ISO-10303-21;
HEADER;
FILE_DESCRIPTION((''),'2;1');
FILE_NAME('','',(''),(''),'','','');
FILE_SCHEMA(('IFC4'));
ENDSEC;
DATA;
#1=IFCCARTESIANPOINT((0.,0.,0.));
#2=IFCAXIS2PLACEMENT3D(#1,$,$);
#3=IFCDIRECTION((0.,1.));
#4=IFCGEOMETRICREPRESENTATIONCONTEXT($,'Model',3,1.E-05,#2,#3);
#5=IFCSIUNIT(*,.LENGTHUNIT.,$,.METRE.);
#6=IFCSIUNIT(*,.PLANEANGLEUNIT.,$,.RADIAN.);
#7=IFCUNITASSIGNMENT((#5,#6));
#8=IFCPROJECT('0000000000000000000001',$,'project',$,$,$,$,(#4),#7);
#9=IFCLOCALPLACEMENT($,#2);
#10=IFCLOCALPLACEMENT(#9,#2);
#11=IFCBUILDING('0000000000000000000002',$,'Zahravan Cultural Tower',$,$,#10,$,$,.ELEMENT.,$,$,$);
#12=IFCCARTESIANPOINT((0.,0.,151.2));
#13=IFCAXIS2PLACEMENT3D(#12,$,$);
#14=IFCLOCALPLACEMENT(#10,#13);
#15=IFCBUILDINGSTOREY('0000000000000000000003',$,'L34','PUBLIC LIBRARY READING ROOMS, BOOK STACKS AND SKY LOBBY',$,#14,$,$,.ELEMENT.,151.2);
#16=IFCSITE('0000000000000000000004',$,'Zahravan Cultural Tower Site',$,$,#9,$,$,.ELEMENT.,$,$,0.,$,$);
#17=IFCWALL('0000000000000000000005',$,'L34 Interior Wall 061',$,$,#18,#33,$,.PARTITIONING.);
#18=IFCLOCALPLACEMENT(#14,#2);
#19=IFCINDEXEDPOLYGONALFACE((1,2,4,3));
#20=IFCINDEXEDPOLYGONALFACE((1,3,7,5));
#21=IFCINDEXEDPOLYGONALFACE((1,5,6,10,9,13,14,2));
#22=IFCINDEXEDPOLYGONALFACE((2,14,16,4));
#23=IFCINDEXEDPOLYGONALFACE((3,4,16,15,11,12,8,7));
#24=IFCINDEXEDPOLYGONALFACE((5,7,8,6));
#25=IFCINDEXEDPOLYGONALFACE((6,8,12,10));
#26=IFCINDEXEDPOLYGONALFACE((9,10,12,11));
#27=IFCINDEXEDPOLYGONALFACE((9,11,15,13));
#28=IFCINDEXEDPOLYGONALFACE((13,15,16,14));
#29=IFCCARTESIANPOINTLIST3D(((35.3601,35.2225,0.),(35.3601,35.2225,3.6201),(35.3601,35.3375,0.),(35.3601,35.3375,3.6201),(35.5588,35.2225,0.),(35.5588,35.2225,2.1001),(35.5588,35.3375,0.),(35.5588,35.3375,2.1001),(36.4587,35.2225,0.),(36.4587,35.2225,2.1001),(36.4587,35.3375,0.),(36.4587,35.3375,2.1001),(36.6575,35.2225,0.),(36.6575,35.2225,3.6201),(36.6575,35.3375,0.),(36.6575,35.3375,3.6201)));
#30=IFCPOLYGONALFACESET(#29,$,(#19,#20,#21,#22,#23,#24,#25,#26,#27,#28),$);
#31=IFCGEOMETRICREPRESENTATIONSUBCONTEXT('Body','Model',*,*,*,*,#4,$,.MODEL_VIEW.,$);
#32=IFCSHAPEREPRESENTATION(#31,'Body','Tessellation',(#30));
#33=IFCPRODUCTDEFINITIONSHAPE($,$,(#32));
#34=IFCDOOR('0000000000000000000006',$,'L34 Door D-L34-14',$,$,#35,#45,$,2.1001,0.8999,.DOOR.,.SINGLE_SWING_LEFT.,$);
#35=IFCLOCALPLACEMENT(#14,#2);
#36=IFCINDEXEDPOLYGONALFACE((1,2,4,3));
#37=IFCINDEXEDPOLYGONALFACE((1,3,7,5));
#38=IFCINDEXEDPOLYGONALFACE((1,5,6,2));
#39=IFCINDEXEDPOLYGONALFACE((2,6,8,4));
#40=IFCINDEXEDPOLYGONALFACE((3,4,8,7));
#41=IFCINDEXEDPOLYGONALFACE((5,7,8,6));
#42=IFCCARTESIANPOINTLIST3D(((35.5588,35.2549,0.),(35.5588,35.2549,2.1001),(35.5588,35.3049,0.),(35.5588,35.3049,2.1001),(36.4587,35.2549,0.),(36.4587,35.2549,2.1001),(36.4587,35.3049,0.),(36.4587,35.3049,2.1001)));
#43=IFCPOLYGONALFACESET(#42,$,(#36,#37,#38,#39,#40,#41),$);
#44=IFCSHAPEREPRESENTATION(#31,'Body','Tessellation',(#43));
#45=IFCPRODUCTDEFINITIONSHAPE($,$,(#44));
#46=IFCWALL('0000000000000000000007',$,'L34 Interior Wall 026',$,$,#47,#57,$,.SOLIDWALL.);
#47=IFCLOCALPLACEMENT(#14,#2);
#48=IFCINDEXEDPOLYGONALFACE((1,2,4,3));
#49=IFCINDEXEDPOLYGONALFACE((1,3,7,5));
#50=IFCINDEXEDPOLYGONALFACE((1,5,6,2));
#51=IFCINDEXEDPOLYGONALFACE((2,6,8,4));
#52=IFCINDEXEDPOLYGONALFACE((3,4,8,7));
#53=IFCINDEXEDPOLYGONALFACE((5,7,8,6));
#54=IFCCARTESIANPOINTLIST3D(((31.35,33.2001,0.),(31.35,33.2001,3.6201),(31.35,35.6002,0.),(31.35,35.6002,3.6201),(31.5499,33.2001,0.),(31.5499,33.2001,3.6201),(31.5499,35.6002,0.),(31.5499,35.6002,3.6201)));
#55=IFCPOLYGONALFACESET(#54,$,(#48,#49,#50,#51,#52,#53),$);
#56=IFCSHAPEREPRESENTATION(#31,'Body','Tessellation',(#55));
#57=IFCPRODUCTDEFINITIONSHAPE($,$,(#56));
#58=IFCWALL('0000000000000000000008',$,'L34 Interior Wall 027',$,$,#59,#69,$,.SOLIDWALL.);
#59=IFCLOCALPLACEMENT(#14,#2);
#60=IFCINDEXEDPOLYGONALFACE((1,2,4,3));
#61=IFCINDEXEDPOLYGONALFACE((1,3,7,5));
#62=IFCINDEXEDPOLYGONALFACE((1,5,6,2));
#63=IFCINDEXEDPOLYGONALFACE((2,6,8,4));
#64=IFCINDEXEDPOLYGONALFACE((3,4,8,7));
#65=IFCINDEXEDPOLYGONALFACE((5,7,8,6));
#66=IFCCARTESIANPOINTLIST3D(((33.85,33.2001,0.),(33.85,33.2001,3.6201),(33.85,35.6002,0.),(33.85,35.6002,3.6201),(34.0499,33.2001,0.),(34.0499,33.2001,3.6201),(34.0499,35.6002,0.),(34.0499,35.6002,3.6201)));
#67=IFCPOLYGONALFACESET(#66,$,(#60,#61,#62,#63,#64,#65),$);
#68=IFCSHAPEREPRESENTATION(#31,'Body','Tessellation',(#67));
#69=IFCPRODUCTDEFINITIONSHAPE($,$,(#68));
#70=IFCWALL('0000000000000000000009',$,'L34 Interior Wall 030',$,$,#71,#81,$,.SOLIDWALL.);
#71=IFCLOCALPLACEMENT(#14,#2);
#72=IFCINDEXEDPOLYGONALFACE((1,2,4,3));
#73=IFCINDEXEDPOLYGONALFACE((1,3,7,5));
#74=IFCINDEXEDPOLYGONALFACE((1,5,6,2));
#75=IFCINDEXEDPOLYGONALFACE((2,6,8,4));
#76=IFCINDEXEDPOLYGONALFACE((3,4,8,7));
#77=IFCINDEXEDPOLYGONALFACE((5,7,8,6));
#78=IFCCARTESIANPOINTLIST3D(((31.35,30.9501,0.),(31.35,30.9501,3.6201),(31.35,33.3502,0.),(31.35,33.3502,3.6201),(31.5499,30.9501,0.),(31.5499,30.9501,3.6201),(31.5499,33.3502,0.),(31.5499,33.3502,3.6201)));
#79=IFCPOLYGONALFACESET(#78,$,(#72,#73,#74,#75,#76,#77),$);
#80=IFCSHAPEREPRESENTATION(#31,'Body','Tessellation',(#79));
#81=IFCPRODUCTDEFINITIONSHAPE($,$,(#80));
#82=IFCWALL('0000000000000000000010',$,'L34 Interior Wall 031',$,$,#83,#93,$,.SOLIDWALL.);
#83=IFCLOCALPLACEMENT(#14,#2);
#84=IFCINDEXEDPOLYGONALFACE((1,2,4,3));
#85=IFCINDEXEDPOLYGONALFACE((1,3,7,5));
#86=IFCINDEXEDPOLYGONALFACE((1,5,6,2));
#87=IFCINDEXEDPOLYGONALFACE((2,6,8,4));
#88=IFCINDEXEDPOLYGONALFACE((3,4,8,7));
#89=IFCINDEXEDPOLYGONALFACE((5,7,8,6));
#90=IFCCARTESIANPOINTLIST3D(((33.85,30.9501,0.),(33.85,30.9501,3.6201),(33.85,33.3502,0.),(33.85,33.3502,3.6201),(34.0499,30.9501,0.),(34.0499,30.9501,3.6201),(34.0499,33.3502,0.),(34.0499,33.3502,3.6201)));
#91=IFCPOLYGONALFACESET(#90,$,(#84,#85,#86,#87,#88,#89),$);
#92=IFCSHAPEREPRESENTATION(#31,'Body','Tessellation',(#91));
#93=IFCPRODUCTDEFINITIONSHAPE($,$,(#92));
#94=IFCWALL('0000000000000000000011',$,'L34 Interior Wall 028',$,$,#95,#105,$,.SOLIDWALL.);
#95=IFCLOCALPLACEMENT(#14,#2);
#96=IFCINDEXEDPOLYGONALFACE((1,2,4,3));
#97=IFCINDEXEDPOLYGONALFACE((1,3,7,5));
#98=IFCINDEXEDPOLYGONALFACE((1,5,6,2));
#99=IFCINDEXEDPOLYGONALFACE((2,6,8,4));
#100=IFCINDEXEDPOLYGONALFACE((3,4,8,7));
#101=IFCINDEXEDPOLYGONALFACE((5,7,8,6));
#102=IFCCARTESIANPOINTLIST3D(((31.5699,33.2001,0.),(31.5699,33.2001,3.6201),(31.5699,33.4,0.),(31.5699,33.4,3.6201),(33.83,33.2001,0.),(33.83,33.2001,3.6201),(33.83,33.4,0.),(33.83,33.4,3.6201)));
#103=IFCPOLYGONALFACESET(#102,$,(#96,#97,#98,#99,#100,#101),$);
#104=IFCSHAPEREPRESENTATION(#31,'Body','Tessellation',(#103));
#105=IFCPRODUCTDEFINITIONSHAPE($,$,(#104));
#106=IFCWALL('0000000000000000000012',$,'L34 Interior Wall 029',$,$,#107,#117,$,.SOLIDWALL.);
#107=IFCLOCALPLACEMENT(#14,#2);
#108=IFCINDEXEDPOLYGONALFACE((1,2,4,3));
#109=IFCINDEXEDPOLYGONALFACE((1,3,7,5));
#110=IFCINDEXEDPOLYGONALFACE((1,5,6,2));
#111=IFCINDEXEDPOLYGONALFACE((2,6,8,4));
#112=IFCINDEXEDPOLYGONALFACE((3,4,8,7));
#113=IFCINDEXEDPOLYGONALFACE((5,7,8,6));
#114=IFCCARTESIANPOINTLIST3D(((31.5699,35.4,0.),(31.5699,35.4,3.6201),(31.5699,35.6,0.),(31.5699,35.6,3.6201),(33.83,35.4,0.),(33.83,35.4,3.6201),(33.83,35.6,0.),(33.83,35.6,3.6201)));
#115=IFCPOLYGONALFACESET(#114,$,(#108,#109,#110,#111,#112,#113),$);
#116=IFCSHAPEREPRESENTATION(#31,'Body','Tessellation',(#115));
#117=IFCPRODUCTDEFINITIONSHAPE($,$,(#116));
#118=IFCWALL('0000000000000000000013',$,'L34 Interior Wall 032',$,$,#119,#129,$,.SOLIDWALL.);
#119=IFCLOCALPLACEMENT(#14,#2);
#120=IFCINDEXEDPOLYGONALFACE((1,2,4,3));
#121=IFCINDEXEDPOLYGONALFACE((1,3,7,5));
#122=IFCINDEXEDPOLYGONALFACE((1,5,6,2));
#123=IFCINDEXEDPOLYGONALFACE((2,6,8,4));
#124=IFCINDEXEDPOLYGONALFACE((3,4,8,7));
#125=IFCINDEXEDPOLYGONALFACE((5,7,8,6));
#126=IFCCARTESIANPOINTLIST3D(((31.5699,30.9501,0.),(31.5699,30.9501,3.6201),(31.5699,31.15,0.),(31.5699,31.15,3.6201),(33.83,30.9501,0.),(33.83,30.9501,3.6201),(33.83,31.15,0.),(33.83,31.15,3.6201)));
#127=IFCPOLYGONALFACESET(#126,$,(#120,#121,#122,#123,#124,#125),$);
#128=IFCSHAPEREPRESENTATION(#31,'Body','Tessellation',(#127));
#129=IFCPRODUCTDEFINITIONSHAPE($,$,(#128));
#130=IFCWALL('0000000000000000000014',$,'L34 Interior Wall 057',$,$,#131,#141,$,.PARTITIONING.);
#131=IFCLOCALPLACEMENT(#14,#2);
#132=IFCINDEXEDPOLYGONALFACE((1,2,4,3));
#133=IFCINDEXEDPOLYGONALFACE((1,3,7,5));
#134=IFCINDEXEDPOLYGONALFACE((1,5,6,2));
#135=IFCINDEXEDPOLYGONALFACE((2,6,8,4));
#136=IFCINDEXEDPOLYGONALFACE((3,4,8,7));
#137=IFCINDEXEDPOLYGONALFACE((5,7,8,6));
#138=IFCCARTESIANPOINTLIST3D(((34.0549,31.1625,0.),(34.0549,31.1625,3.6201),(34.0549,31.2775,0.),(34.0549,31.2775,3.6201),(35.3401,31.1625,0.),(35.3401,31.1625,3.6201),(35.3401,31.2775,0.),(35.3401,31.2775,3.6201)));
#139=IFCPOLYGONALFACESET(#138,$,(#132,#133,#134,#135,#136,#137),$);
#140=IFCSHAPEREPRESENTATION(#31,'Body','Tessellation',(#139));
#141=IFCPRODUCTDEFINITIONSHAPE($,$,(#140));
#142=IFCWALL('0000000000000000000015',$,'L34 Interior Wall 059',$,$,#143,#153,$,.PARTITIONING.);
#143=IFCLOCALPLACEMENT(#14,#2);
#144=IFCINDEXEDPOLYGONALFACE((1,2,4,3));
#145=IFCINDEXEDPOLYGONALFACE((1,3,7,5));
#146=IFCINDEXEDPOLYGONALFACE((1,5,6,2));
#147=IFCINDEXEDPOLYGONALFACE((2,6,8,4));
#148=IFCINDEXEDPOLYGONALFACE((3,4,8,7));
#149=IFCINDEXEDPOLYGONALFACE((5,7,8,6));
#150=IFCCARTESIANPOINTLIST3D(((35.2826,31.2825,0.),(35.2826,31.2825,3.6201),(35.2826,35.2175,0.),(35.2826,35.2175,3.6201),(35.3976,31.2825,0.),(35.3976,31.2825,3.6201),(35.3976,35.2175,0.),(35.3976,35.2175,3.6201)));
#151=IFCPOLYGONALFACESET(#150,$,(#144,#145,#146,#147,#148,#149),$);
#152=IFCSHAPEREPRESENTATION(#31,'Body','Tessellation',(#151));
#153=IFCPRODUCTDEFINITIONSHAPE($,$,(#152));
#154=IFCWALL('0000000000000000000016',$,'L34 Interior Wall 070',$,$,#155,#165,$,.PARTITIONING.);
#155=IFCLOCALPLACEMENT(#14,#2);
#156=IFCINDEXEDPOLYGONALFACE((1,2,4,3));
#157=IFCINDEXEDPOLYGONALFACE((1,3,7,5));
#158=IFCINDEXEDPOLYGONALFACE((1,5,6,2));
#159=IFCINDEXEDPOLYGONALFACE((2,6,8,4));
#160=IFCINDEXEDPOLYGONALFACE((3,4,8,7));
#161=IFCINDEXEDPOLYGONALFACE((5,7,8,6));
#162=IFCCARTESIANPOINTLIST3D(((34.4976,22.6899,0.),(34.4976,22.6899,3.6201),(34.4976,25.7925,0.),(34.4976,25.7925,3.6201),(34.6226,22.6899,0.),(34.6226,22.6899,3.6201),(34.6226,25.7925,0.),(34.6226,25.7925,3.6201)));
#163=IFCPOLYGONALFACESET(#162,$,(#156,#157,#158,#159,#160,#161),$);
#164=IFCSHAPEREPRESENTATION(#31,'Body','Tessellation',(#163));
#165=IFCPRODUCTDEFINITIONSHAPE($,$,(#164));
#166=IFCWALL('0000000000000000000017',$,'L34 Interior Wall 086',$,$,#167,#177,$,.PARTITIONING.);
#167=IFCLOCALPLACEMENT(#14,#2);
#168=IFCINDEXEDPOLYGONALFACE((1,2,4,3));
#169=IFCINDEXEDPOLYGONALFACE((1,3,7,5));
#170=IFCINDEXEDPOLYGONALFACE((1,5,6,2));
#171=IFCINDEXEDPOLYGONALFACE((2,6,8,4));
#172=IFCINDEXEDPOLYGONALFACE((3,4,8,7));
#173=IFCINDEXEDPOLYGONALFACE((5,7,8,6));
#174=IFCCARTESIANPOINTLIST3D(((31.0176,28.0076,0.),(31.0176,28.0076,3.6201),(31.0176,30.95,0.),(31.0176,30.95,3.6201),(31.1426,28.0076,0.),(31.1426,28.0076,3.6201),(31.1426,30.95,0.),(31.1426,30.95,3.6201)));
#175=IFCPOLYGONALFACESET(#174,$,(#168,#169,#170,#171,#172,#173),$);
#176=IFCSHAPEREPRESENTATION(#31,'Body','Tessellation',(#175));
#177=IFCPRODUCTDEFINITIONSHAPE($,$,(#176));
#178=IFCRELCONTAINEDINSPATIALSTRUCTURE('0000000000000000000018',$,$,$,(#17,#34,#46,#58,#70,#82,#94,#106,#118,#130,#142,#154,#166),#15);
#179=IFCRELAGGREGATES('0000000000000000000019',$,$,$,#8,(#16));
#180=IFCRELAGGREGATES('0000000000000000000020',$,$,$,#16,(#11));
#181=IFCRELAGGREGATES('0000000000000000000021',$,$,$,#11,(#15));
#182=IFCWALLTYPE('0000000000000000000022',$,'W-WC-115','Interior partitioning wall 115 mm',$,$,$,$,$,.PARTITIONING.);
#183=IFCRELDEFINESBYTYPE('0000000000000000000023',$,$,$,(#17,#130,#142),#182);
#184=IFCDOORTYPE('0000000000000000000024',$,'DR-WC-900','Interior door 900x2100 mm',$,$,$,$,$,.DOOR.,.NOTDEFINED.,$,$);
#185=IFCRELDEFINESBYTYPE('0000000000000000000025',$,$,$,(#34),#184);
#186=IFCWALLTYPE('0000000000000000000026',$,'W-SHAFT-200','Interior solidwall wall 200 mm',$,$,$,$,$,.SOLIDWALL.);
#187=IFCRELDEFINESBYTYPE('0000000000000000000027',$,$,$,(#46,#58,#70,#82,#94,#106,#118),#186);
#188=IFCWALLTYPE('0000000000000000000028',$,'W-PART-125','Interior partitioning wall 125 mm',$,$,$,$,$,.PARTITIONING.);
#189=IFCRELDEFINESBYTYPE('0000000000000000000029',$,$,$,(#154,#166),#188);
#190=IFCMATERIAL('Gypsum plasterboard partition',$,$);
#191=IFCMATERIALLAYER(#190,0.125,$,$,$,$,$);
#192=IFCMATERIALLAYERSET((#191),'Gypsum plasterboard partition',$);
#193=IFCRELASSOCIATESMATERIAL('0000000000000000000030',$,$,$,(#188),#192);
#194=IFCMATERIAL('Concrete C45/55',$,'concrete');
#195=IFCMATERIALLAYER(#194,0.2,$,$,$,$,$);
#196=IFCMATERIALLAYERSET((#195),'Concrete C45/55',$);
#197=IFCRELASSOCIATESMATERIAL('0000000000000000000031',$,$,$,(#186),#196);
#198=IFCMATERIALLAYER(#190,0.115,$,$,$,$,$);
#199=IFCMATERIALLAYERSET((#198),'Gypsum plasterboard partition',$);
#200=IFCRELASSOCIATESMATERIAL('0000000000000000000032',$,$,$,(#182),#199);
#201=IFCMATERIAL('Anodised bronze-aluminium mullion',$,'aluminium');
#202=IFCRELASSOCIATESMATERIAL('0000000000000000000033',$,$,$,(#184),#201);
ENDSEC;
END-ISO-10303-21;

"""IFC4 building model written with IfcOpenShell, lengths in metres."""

from ifc_helpers import new_model, si_unit, direction, frame, frame_2d, origin, place, context, subcontext, project, spatial, rectangle, extrude, source, transform, mapped, material, layer, layer_set, type_object, element, fill, save


model = new_model("IFC4")

# Units and contexts
model_context = context("Model", 3, precision=1e-05, world=origin(), true_north=direction((0.0, 1.0)))
body_context = subcontext(model_context, "Body", "Model", "MODEL_VIEW")
ifc_project = project(units=[si_unit("LENGTHUNIT", "METRE"), si_unit("PLANEANGLEUNIT", "RADIAN")], contexts=[model_context])

# Site, building, storey
site_placement = place(None, origin())
site = spatial("IfcSite", under=ifc_project, at=site_placement, Name="Zahravan Cultural Tower Site", CompositionType="ELEMENT", RefElevation=0.0)
building_placement = place(site_placement, origin())
building = spatial("IfcBuilding", under=site, at=building_placement, Name="Zahravan Cultural Tower", CompositionType="ELEMENT")
storey_placement = place(building_placement, frame((0.0, 0.0, 151.2)))
storey = spatial("IfcBuildingStorey", under=building, at=storey_placement, Name="L34", Description="PUBLIC LIBRARY READING ROOMS, BOOK STACKS AND SKY LOBBY", CompositionType="ELEMENT", Elevation=151.2)

# Wall, opening, door
ifc_material_1 = material(Name="Gypsum plasterboard partition")
ifc_layer_1 = layer(ifc_material_1, 0.125)
ifc_layer_set_1 = layer_set([ifc_layer_1], Name="Gypsum plasterboard partition")
wall_type_1 = type_object("IfcWallType", Name="W-PART-125", Description="Interior partitioning wall 125 mm", PredefinedType="PARTITIONING", material=ifc_layer_set_1)
ifc_material_2 = material(Name="Anodised bronze-aluminium mullion", Category="aluminium")
ifc_material_3 = material(Name="Concrete C45/55", Category="concrete")
ifc_layer_2 = layer(ifc_material_3, 0.2)
ifc_layer_set_2 = layer_set([ifc_layer_2], Name="Concrete C45/55")
wall_type_2 = type_object("IfcWallType", Name="W-SHAFT-200", Description="Interior solidwall wall 200 mm", PredefinedType="SOLIDWALL", material=ifc_layer_set_2)
ifc_layer_3 = layer(ifc_material_1, 0.115)
ifc_layer_set_3 = layer_set([ifc_layer_3], Name="Gypsum plasterboard partition")
wall_type_3 = type_object("IfcWallType", Name="W-WC-115", Description="Interior partitioning wall 115 mm", PredefinedType="PARTITIONING", material=ifc_layer_set_3)
door_type_1 = type_object("IfcDoorType", Name="DR-WC-900", Description="Interior door 900x2100 mm", OperationType="NOTDEFINED", PredefinedType="DOOR", material=ifc_material_2)
shared_shape_1 = source(origin(), body_context, "Body", "SweptSolid", [
    extrude(rectangle(XDim=0.8999, YDim=2.1001, at=frame_2d((0.45, 1.05))), frame((0.0, 0.0249, 0.0), z_axis=(0.0, -1.0, 0.0), x_axis=(1.0, 0.0, 0.0)), (0.0, 0.0, 1.0), 0.05),
])
wall_1_placement = place(storey_placement, frame((35.3601, 35.28, 0.0), z_axis=(0.0, 0.0, 1.0), x_axis=(1.0, 0.0, 0.0)))
wall_1 = element("IfcWall", 1, at=wall_1_placement, inside=storey, type_object=wall_type_3, Name="L34 Interior Wall 061", PredefinedType="PARTITIONING", context=body_context, shape_type="SweptSolid", body=[
    extrude(rectangle(XDim=1.2974, YDim=0.115, at=frame_2d((0.6487, 0.0))), origin(), (0.0, 0.0, 1.0), 3.6201),
])
opening_1_placement = place(wall_1_placement, frame((0.1987, 0.0, 0.0)))
opening_1 = element("IfcOpeningElement", 2, at=opening_1_placement, cuts=wall_1, PredefinedType="OPENING", context=body_context, shape_type="SweptSolid", body=[
    extrude(rectangle(XDim=0.8999, YDim=2.1001, at=frame_2d((0.45, 1.05))), frame((0.0, 0.0674, 0.0), z_axis=(0.0, -1.0, 0.0), x_axis=(1.0, 0.0, 0.0)), (0.0, 0.0, 1.0), 0.135),
])
door_1_placement = place(opening_1_placement, origin())
door_1 = element("IfcDoor", 3, at=door_1_placement, inside=storey, type_object=door_type_1, Name="L34 Door D-L34-14", OperationType="SINGLE_SWING_LEFT", OverallHeight=2.1001, OverallWidth=0.8999, PredefinedType="DOOR", context=body_context, shape_type="MappedRepresentation", body=[
    mapped(shared_shape_1, transform((0.0, 0.0, 0.0), x_axis=(1.0, 0.0, 0.0), y_axis=(0.0, 1.0, 0.0), z_axis=(0.0, 0.0, 1.0), scale=1.0)),
])
fill(opening_1, door_1)

# Walls
shared_shape_2 = source(origin(), body_context, "Body", "SweptSolid", [
    extrude(rectangle(XDim=2.4001, YDim=0.2, at=frame_2d((1.2002, 0.0))), origin(), (0.0, 0.0, 1.0), 3.6201),
])
for number, where, z_axis, x_axis, name in (
    (4, (31.45, 33.2, 0.0), (0.0, 0.0, 1.0), (0.0, 1.0, 0.0), "L34 Interior Wall 026"),
    (5, (33.95, 33.2, 0.0), (0.0, 0.0, 1.0), (0.0, 1.0, 0.0), "L34 Interior Wall 027"),
    (6, (31.45, 30.95, 0.0), (0.0, 0.0, 1.0), (0.0, 1.0, 0.0), "L34 Interior Wall 030"),
    (7, (33.95, 30.95, 0.0), (0.0, 0.0, 1.0), (0.0, 1.0, 0.0), "L34 Interior Wall 031"),
):
    element("IfcWall", number, at=place(storey_placement, frame(where, z_axis=z_axis, x_axis=x_axis)), inside=storey, type_object=wall_type_2, Name=name, PredefinedType="SOLIDWALL", context=body_context, shape_type="MappedRepresentation", body=[
        mapped(shared_shape_2, transform((0.0, 0.0, 0.0), x_axis=(1.0, 0.0, 0.0), y_axis=(0.0, 1.0, 0.0), z_axis=(0.0, 0.0, 1.0), scale=1.0)),
    ])
shared_shape_3 = source(origin(), body_context, "Body", "SweptSolid", [
    extrude(rectangle(XDim=2.26, YDim=0.2, at=frame_2d((1.1299, 0.0))), origin(), (0.0, 0.0, 1.0), 3.6201),
])
for number, where, z_axis, x_axis, name in (
    (8, (31.5701, 33.3, 0.0), (0.0, 0.0, 1.0), (1.0, 0.0, 0.0), "L34 Interior Wall 028"),
    (9, (31.5701, 35.5, 0.0), (0.0, 0.0, 1.0), (1.0, 0.0, 0.0), "L34 Interior Wall 029"),
    (10, (31.5701, 31.05, 0.0), (0.0, 0.0, 1.0), (1.0, 0.0, 0.0), "L34 Interior Wall 032"),
):
    element("IfcWall", number, at=place(storey_placement, frame(where, z_axis=z_axis, x_axis=x_axis)), inside=storey, type_object=wall_type_2, Name=name, PredefinedType="SOLIDWALL", context=body_context, shape_type="MappedRepresentation", body=[
        mapped(shared_shape_3, transform((0.0, 0.0, 0.0), x_axis=(1.0, 0.0, 0.0), y_axis=(0.0, 1.0, 0.0), z_axis=(0.0, 0.0, 1.0), scale=1.0)),
    ])
shared_shape_4 = source(origin(), body_context, "Body", "SweptSolid", [
    extrude(rectangle(XDim=1.2852, YDim=0.115, at=frame_2d((0.6426, 0.0))), origin(), (0.0, 0.0, 1.0), 3.6201),
])
wall_2_placement = place(storey_placement, frame((35.3401, 31.22, 0.0), z_axis=(0.0, 0.0, 1.0), x_axis=(-1.0, 0.0, 0.0)))
element("IfcWall", 11, at=wall_2_placement, inside=storey, type_object=wall_type_3, Name="L34 Interior Wall 057", PredefinedType="PARTITIONING", context=body_context, shape_type="MappedRepresentation", body=[
    mapped(shared_shape_4, transform((0.0, 0.0, 0.0), x_axis=(1.0, 0.0, 0.0), y_axis=(0.0, 1.0, 0.0), z_axis=(0.0, 0.0, 1.0), scale=1.0)),
])
shared_shape_5 = source(origin(), body_context, "Body", "SweptSolid", [
    extrude(rectangle(XDim=3.9351, YDim=0.115, at=frame_2d((1.9675, 0.0))), origin(), (0.0, 0.0, 1.0), 3.6201),
])
wall_3_placement = place(storey_placement, frame((35.3401, 35.2175, 0.0), z_axis=(0.0, 0.0, 1.0), x_axis=(0.0, -1.0, 0.0)))
element("IfcWall", 12, at=wall_3_placement, inside=storey, type_object=wall_type_3, Name="L34 Interior Wall 059", PredefinedType="PARTITIONING", context=body_context, shape_type="MappedRepresentation", body=[
    mapped(shared_shape_5, transform((0.0, 0.0, 0.0), x_axis=(1.0, 0.0, 0.0), y_axis=(0.0, 1.0, 0.0), z_axis=(0.0, 0.0, 1.0), scale=1.0)),
])
shared_shape_6 = source(origin(), body_context, "Body", "SweptSolid", [
    extrude(rectangle(XDim=3.1025, YDim=0.125, at=frame_2d((1.5513, 0.0))), origin(), (0.0, 0.0, 1.0), 3.6201),
])
wall_4_placement = place(storey_placement, frame((34.5601, 25.7925, 0.0), z_axis=(0.0, 0.0, 1.0), x_axis=(0.0, -1.0, 0.0)))
element("IfcWall", 13, at=wall_4_placement, inside=storey, type_object=wall_type_1, Name="L34 Interior Wall 070", PredefinedType="PARTITIONING", context=body_context, shape_type="MappedRepresentation", body=[
    mapped(shared_shape_6, transform((0.0, 0.0, 0.0), x_axis=(1.0, 0.0, 0.0), y_axis=(0.0, 1.0, 0.0), z_axis=(0.0, 0.0, 1.0), scale=1.0)),
])
shared_shape_7 = source(origin(), body_context, "Body", "SweptSolid", [
    extrude(rectangle(XDim=2.9424, YDim=0.125, at=frame_2d((1.4712, 0.0))), origin(), (0.0, 0.0, 1.0), 3.6201),
])
wall_5_placement = place(storey_placement, frame((31.0801, 28.0076, 0.0), z_axis=(0.0, 0.0, 1.0), x_axis=(0.0, 1.0, 0.0)))
element("IfcWall", 14, at=wall_5_placement, inside=storey, type_object=wall_type_1, Name="L34 Interior Wall 086", PredefinedType="PARTITIONING", context=body_context, shape_type="MappedRepresentation", body=[
    mapped(shared_shape_7, transform((0.0, 0.0, 0.0), x_axis=(1.0, 0.0, 0.0), y_axis=(0.0, 1.0, 0.0), z_axis=(0.0, 0.0, 1.0), scale=1.0)),
])

save(model, "model.ifc")
